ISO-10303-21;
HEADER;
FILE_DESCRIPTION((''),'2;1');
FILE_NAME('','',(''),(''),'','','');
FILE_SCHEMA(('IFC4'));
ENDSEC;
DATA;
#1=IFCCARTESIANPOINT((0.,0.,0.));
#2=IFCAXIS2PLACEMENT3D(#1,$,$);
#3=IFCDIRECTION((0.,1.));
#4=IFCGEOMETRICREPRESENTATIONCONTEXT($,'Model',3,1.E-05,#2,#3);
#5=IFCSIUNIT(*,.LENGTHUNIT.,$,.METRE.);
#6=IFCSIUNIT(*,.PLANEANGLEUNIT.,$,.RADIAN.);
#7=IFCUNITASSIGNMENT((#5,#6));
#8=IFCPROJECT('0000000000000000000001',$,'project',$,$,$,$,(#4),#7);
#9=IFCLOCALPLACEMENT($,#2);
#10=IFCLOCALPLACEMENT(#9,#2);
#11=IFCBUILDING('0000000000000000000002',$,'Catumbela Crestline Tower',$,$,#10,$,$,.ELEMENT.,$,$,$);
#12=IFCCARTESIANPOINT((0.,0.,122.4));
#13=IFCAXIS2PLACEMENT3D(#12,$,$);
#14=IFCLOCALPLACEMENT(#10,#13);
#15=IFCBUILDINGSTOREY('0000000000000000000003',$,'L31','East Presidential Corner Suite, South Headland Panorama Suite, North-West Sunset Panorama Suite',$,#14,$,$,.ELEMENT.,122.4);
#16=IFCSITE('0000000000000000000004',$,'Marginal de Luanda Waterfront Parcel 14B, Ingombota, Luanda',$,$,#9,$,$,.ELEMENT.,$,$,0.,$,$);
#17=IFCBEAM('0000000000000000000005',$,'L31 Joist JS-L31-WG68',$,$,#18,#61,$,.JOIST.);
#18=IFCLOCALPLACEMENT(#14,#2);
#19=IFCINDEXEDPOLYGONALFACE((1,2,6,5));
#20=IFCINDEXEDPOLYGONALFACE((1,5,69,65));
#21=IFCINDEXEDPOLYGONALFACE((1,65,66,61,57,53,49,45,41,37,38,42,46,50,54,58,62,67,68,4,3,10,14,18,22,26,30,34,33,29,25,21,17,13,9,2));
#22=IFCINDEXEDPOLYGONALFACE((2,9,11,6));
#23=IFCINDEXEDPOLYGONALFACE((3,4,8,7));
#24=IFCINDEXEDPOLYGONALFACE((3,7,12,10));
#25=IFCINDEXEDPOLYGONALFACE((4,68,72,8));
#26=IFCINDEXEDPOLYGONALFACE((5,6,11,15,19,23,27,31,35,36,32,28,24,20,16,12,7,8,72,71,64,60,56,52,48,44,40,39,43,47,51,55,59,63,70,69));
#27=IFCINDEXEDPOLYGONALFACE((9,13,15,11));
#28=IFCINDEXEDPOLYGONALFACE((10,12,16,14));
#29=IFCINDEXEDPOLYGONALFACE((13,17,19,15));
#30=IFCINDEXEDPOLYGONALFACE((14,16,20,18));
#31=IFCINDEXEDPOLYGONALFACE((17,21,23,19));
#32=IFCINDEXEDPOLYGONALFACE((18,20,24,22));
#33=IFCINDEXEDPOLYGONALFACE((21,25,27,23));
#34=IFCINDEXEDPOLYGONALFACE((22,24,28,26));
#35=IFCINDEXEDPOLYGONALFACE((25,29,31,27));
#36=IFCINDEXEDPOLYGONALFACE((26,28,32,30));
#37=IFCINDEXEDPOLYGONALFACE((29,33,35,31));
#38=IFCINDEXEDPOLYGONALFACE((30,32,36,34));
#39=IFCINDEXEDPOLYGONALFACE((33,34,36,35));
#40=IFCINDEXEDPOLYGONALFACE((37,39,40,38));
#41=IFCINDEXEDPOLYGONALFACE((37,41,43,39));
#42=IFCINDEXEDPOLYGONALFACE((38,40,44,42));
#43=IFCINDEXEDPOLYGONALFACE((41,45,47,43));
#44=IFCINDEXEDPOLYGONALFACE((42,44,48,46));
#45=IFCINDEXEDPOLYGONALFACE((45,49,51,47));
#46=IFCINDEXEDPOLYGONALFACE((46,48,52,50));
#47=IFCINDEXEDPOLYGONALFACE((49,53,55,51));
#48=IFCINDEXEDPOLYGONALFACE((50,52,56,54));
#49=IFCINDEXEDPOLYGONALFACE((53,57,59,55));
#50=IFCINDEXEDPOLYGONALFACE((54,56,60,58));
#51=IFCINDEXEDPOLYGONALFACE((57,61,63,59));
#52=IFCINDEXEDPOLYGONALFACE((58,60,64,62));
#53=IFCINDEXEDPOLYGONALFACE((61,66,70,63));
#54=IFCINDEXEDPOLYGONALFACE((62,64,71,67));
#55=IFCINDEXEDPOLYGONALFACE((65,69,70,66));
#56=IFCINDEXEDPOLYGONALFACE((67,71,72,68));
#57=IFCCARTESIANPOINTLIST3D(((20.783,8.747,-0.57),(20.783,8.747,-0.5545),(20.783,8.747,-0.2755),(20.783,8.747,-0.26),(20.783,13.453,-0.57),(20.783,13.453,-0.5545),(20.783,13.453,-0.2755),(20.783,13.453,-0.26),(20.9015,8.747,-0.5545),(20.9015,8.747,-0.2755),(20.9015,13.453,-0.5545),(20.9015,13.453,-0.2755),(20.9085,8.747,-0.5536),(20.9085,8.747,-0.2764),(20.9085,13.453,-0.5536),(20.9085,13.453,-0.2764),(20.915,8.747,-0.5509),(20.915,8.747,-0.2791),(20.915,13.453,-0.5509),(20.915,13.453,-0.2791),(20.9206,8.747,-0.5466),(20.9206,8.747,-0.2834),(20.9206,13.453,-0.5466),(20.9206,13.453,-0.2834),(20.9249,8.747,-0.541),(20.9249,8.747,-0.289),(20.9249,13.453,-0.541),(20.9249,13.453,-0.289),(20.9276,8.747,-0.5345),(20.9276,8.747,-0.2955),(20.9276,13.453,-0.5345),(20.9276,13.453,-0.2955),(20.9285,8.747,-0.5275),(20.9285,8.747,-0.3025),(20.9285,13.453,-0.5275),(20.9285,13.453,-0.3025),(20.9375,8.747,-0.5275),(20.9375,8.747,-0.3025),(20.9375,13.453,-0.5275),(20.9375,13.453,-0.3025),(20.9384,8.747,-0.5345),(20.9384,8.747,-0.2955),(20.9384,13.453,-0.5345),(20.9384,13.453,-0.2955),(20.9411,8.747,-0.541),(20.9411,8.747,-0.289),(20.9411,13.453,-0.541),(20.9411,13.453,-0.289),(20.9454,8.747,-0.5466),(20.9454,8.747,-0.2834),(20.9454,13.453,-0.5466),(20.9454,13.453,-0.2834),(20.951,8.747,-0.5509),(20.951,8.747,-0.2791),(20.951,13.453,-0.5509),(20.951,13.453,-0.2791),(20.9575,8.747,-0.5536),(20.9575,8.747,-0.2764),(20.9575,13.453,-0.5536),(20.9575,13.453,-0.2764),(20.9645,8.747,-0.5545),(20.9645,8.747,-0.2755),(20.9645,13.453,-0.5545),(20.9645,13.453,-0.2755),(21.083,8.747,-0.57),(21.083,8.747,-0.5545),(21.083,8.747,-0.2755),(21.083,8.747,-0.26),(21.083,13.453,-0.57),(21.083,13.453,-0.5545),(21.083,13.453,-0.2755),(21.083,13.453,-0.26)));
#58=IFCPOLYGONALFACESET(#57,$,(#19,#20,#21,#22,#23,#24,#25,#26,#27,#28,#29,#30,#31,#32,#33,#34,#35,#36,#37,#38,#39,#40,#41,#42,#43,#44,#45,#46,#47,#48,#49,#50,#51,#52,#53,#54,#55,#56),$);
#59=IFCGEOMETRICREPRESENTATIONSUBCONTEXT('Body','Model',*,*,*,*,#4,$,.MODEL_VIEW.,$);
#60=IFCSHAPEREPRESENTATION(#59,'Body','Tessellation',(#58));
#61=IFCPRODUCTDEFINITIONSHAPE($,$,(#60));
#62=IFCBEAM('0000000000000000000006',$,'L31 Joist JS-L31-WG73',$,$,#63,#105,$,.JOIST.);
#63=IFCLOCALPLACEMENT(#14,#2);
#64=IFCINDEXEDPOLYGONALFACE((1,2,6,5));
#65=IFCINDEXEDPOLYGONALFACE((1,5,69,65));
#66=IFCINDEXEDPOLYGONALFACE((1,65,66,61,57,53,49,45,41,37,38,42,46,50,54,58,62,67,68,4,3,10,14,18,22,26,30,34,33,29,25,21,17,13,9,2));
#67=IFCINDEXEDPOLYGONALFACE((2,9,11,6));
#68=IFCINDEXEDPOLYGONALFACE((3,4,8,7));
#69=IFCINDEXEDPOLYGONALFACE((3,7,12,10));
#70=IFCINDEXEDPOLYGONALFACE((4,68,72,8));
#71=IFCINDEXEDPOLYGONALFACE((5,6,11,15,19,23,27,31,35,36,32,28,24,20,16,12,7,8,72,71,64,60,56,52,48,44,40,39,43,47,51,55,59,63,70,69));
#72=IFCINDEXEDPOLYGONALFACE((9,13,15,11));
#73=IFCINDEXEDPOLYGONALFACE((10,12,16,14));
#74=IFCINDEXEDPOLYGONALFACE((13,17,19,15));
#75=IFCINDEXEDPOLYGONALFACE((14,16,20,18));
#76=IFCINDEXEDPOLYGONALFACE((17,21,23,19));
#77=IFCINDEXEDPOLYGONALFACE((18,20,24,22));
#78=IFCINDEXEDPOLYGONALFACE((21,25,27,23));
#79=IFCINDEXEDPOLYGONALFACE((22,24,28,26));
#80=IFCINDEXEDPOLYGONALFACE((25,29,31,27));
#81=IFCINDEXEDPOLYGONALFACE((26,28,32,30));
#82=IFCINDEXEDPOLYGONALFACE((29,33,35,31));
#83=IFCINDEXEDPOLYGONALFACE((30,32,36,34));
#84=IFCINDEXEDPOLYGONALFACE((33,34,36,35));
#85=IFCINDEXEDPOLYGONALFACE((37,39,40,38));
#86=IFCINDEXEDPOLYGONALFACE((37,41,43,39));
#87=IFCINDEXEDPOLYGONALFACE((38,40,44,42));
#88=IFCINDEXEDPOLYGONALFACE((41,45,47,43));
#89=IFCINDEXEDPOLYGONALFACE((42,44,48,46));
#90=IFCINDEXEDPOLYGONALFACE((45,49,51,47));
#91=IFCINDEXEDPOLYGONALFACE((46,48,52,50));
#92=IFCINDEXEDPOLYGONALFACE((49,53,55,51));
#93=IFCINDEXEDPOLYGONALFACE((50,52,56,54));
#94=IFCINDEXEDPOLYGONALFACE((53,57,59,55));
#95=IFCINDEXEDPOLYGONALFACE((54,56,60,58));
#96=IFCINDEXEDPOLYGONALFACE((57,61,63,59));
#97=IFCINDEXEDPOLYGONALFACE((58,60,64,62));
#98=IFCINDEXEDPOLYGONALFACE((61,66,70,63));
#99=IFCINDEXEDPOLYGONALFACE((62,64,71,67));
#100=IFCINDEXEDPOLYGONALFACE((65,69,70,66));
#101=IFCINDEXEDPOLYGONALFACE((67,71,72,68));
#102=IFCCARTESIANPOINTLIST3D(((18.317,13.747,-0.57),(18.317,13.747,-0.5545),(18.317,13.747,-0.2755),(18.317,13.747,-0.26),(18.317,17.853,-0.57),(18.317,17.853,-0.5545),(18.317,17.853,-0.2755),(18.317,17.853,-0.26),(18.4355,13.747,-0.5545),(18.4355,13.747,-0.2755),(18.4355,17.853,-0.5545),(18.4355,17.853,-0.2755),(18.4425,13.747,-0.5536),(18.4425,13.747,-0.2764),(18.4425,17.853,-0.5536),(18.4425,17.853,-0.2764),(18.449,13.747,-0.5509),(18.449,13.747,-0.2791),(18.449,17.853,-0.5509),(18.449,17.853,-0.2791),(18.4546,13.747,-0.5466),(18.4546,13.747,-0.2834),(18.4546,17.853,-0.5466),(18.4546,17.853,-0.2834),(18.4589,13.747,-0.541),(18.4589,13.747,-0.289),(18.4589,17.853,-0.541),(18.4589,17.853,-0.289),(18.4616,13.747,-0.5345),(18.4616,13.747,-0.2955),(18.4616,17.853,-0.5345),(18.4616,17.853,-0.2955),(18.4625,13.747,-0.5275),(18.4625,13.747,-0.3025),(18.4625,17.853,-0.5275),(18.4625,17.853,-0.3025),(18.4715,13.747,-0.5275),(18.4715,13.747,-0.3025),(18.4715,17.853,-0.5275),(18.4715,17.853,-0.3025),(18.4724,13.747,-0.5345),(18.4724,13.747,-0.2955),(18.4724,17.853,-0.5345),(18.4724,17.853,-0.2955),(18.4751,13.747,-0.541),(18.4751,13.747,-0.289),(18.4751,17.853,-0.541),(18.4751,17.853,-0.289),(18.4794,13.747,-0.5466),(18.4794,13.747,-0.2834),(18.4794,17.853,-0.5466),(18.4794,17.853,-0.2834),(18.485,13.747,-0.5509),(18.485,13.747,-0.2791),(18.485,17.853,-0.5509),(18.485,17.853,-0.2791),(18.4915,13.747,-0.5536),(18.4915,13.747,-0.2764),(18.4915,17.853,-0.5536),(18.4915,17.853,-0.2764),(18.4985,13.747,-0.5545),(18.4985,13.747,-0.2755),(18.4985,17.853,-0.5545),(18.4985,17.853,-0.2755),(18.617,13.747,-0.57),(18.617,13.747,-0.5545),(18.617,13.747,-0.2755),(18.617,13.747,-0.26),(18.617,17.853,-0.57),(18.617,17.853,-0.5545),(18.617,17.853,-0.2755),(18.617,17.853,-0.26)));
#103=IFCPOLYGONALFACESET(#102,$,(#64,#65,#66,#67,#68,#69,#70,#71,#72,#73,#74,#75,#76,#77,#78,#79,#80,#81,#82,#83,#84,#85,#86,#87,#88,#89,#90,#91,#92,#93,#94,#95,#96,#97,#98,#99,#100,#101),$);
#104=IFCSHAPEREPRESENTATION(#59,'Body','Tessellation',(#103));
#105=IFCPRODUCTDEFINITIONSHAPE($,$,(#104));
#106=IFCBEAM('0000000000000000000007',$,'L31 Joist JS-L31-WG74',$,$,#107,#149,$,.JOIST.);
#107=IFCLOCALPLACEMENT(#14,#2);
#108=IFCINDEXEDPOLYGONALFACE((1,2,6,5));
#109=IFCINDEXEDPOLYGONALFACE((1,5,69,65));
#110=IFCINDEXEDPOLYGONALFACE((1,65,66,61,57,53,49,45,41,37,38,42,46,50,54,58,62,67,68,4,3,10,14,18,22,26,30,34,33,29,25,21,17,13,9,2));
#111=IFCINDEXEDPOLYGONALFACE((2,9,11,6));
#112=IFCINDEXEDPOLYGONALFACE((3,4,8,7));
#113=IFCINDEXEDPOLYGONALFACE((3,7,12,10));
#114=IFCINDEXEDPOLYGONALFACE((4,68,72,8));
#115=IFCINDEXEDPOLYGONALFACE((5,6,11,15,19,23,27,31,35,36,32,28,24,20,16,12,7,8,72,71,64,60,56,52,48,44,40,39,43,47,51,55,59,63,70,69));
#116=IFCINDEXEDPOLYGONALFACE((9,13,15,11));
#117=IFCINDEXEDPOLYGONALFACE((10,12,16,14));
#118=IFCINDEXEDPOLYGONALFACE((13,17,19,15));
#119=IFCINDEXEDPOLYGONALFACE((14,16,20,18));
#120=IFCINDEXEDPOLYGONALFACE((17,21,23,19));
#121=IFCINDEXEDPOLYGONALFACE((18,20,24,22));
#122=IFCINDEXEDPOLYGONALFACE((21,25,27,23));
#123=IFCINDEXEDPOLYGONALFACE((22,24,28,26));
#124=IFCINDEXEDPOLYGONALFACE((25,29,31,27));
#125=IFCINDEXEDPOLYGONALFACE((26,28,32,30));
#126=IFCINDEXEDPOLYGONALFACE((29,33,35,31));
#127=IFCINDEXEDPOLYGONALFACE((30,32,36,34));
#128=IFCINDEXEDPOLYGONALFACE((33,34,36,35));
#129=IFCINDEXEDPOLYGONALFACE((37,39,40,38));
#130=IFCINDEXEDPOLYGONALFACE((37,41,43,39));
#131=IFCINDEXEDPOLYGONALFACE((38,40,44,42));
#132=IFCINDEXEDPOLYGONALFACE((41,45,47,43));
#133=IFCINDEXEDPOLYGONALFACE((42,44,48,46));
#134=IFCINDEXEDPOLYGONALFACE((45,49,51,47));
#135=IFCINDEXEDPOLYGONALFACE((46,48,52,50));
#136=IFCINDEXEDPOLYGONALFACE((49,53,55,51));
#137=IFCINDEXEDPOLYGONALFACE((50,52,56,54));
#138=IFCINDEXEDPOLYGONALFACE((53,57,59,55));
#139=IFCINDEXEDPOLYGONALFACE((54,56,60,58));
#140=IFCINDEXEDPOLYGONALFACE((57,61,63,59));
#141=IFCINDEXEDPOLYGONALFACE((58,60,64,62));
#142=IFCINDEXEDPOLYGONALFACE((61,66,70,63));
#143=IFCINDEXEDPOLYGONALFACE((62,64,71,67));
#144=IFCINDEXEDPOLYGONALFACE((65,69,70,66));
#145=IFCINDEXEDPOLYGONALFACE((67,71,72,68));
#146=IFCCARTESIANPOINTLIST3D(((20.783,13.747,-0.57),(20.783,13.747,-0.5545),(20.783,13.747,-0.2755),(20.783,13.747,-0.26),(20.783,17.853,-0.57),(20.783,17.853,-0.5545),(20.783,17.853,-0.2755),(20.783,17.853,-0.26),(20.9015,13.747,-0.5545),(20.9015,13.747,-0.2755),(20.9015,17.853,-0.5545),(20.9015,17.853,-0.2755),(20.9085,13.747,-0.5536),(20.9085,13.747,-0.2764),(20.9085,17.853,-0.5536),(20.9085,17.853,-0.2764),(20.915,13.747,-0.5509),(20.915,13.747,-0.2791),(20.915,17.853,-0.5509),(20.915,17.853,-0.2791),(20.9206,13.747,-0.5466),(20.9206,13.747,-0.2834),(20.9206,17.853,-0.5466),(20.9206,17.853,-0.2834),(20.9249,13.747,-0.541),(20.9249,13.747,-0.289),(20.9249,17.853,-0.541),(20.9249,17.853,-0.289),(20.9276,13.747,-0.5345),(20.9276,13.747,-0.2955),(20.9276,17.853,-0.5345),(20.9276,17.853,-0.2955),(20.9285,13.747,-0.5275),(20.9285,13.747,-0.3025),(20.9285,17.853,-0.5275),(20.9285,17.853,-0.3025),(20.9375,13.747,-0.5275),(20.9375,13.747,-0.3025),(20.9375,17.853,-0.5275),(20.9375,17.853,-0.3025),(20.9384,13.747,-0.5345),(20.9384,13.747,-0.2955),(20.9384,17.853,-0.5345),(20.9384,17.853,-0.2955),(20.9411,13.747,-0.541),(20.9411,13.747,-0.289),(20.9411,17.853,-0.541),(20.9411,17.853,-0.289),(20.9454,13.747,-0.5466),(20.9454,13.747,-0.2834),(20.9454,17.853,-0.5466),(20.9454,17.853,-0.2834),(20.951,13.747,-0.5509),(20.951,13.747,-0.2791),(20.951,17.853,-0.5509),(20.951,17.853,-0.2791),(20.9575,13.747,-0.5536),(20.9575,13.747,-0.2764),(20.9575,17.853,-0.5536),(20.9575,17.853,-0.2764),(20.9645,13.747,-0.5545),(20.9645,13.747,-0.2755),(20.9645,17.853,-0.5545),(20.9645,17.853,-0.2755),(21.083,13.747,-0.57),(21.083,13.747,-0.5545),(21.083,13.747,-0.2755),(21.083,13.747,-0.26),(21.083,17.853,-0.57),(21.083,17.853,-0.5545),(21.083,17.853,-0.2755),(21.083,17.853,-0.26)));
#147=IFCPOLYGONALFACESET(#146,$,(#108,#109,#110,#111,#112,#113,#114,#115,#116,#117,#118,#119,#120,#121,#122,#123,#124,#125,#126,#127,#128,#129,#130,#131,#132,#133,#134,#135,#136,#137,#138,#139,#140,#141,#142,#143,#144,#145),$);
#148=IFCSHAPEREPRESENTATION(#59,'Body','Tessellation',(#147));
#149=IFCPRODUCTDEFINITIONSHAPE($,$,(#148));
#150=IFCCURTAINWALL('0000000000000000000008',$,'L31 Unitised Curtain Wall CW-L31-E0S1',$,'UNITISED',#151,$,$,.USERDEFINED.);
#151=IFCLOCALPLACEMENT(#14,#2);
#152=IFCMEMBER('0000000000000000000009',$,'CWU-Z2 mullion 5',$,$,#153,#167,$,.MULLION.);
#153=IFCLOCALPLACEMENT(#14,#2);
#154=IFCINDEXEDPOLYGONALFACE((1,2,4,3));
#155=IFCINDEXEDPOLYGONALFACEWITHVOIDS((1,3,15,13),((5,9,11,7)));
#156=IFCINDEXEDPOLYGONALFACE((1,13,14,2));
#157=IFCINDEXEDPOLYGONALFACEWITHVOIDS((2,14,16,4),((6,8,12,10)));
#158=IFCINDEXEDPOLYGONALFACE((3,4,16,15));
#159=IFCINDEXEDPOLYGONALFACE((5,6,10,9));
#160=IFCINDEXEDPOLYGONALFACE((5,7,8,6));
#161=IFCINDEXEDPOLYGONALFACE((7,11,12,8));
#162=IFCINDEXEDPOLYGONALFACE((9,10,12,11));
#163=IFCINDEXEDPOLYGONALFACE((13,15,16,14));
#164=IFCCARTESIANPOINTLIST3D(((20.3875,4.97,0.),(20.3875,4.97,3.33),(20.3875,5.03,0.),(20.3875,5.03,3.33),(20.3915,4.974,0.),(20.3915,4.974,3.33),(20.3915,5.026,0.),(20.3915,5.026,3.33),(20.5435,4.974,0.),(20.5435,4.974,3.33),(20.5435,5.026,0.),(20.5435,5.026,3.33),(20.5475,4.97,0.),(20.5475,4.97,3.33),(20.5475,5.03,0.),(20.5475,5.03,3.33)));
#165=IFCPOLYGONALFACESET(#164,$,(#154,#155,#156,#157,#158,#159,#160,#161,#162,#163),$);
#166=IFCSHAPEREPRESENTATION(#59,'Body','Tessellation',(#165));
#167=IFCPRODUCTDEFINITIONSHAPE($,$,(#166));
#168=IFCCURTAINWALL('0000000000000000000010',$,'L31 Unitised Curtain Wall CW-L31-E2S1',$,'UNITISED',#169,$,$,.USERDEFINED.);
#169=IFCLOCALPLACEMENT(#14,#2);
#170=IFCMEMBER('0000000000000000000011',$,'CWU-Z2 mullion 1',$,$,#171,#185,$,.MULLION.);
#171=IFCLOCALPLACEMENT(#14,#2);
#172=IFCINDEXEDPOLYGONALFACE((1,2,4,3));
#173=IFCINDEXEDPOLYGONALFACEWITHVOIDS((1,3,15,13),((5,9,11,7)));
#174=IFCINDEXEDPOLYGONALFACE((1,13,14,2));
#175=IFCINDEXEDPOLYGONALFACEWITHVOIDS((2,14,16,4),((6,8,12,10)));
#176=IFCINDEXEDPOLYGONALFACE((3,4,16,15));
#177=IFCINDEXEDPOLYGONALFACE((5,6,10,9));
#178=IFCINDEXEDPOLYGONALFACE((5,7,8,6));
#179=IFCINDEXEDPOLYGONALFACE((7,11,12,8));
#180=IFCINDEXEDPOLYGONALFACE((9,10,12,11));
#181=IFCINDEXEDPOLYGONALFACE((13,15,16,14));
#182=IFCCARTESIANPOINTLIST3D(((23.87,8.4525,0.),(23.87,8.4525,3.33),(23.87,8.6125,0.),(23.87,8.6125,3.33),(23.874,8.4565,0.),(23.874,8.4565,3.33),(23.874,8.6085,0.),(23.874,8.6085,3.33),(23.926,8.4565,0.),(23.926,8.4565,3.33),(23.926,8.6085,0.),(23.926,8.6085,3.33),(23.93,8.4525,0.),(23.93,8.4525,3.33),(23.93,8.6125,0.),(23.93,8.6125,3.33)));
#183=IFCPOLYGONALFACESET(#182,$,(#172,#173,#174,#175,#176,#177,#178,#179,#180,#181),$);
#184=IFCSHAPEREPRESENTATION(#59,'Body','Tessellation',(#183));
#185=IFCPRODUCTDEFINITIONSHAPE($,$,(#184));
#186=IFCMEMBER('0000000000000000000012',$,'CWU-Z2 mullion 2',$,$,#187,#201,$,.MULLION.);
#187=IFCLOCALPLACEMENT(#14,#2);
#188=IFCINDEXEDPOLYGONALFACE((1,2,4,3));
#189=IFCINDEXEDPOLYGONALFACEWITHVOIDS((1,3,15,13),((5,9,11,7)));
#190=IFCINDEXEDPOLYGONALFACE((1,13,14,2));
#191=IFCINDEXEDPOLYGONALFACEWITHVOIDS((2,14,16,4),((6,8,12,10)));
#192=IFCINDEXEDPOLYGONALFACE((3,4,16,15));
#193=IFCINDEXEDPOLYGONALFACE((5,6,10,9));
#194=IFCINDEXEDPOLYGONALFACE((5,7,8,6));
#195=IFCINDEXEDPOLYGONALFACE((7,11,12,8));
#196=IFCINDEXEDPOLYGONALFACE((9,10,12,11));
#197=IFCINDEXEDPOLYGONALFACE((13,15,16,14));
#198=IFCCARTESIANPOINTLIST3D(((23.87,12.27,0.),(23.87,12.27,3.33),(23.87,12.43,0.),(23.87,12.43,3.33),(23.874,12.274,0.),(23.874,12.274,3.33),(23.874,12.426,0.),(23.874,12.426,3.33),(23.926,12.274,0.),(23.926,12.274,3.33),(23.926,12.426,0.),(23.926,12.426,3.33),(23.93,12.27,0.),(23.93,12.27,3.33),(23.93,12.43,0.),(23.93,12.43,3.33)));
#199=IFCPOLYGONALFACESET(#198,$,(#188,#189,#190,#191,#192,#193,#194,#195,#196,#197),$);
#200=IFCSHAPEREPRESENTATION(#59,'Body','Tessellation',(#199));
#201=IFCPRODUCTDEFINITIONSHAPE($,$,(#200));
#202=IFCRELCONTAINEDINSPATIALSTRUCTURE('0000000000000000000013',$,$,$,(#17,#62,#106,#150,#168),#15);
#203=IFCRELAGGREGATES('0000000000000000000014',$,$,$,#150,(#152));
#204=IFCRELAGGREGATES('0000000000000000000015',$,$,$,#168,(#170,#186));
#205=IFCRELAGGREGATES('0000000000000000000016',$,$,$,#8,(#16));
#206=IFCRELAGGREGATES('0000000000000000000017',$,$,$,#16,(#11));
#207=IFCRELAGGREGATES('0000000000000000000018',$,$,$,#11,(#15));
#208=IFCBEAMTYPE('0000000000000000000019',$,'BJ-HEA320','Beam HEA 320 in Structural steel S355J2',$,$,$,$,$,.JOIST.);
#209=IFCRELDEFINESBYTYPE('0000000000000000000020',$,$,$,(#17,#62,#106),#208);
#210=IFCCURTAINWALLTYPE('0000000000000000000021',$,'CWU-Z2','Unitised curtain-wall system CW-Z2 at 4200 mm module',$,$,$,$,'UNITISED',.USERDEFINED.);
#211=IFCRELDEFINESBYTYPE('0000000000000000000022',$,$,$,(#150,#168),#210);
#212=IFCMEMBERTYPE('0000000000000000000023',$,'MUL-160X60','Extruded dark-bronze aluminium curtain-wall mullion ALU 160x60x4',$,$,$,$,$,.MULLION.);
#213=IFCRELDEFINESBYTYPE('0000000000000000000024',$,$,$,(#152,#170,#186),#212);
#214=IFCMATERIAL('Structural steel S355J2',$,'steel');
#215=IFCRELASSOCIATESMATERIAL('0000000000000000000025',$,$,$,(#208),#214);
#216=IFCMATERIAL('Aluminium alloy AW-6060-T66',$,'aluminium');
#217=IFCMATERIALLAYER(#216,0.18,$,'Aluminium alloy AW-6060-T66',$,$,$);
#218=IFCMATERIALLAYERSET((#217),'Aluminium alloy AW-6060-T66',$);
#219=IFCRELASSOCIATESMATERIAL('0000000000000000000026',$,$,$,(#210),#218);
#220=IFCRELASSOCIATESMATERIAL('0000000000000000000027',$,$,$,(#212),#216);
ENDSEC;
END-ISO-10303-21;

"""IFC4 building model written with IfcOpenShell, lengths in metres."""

from ifc_helpers import new_model, si_unit, direction, frame, origin, origin_2d, place, context, subcontext, project, spatial, hollow_rectangle, i_section, extrude, material, layer, layer_set, material_profile, profile_set, type_object, element, aggregate, save


model = new_model("IFC4")

# Units and contexts
model_context = context("Model", 3, precision=1e-05, world=origin(), true_north=direction((0.0, 1.0)))
body_context = subcontext(model_context, "Body", "Model", "MODEL_VIEW")
ifc_project = project(units=[si_unit("LENGTHUNIT", "METRE"), si_unit("PLANEANGLEUNIT", "RADIAN")], contexts=[model_context])

# Site, building, storey
site_placement = place(None, origin())
site = spatial("IfcSite", under=ifc_project, at=site_placement, Name="Marginal de Luanda Waterfront Parcel 14B, Ingombota, Luanda", CompositionType="ELEMENT", RefElevation=0.0)
building_placement = place(site_placement, origin())
building = spatial("IfcBuilding", under=site, at=building_placement, Name="Catumbela Crestline Tower", CompositionType="ELEMENT")
storey_placement = place(building_placement, frame((0.0, 0.0, 122.4)))
storey = spatial("IfcBuildingStorey", under=building, at=storey_placement, Name="L31", Description="East Presidential Corner Suite, South Headland Panorama Suite, North-West Sunset Panorama Suite", CompositionType="ELEMENT", Elevation=122.4)

# Beams
ifc_material_1 = material(Name="Structural steel S355J2", Category="steel")
ifc_material_profile_1 = material_profile(ifc_material_1, i_section(OverallWidth=0.3, OverallDepth=0.31, WebThickness=0.009, FlangeThickness=0.0155, FilletRadius=0.027, at=origin_2d()), Name="HEA 320")
ifc_profile_set_1 = profile_set([ifc_material_profile_1], Name="Structural steel S355J2")
beam_type_1 = type_object("IfcBeamType", Name="BJ-HEA320", Description="Beam HEA 320 in Structural steel S355J2", PredefinedType="JOIST", material=ifc_profile_set_1)
for number, where, z_axis, x_axis, name in (
    (1, (20.933, 8.747, -0.415), (0.0, 1.0, 0.0), (-1.0, 0.0, 0.0), "L31 Joist JS-L31-WG68"),
):
    element("IfcBeam", number, at=place(storey_placement, frame(where, z_axis=z_axis, x_axis=x_axis)), inside=storey, type_object=beam_type_1, Name=name, PredefinedType="JOIST", context=body_context, shape_type="SweptSolid", body=[
        extrude(i_section(OverallWidth=0.3, OverallDepth=0.31, WebThickness=0.009, FlangeThickness=0.0155, FilletRadius=0.027, at=origin_2d()), origin(), (0.0, 0.0, 1.0), 4.706),
    ])
for number, where, z_axis, x_axis, name in (
    (2, (18.467, 13.747, -0.415), (0.0, 1.0, 0.0), (-1.0, 0.0, 0.0), "L31 Joist JS-L31-WG73"),
    (3, (20.933, 13.747, -0.415), (0.0, 1.0, 0.0), (-1.0, 0.0, 0.0), "L31 Joist JS-L31-WG74"),
):
    element("IfcBeam", number, at=place(storey_placement, frame(where, z_axis=z_axis, x_axis=x_axis)), inside=storey, type_object=beam_type_1, Name=name, PredefinedType="JOIST", context=body_context, shape_type="SweptSolid", body=[
        extrude(i_section(OverallWidth=0.3, OverallDepth=0.31, WebThickness=0.009, FlangeThickness=0.0155, FilletRadius=0.027, at=origin_2d()), origin(), (0.0, 0.0, 1.0), 4.106),
    ])

# Curtain wall, member
ifc_material_2 = material(Name="Aluminium alloy AW-6060-T66", Category="aluminium")
ifc_layer_1 = layer(ifc_material_2, 0.18, Name="Aluminium alloy AW-6060-T66")
ifc_layer_set_1 = layer_set([ifc_layer_1], Name="Aluminium alloy AW-6060-T66")
curtain_wall_type = type_object("IfcCurtainWallType", Name="CWU-Z2", Description="Unitised curtain-wall system CW-Z2 at 4200 mm module", ElementType="UNITISED", PredefinedType="USERDEFINED", material=ifc_layer_set_1)
curtain_wall_1_placement = place(storey_placement, origin())
curtain_wall_1 = element("IfcCurtainWall", 4, at=curtain_wall_1_placement, inside=storey, type_object=curtain_wall_type, Name="L31 Unitised Curtain Wall CW-L31-E0S1", ObjectType="UNITISED", PredefinedType="USERDEFINED")
ifc_material_profile_2 = material_profile(ifc_material_2, hollow_rectangle(XDim=0.06, YDim=0.16, WallThickness=0.004, at=origin_2d()), Name="ALU 160x60x4")
ifc_profile_set_2 = profile_set([ifc_material_profile_2], Name="Aluminium alloy AW-6060-T66")
member_type_1 = type_object("IfcMemberType", Name="MUL-160X60", Description="Extruded dark-bronze aluminium curtain-wall mullion ALU 160x60x4", PredefinedType="MULLION", material=ifc_profile_set_2)
member_1_placement = place(storey_placement, frame((20.4675, 5.0, 0.0), z_axis=(0.0, 0.0, 1.0), x_axis=(0.0, 1.0, 0.0)))
member_1 = element("IfcMember", 5, at=member_1_placement, type_object=member_type_1, Name="CWU-Z2 mullion 5", PredefinedType="MULLION", context=body_context, shape_type="SweptSolid", body=[
    extrude(hollow_rectangle(XDim=0.06, YDim=0.16, WallThickness=0.004, at=origin_2d()), origin(), (0.0, 0.0, 1.0), 3.33),
])

# Curtain wall, members
curtain_wall_2_placement = place(storey_placement, origin())
curtain_wall_2 = element("IfcCurtainWall", 6, at=curtain_wall_2_placement, inside=storey, type_object=curtain_wall_type, Name="L31 Unitised Curtain Wall CW-L31-E2S1", ObjectType="UNITISED", PredefinedType="USERDEFINED")
member_2_placement = place(storey_placement, frame((23.9, 8.5325, 0.0), z_axis=(0.0, 0.0, 1.0), x_axis=(-1.0, 0.0, 0.0)))
member_2 = element("IfcMember", 7, at=member_2_placement, type_object=member_type_1, Name="CWU-Z2 mullion 1", PredefinedType="MULLION", context=body_context, shape_type="SweptSolid", body=[
    extrude(hollow_rectangle(XDim=0.06, YDim=0.16, WallThickness=0.004, at=origin_2d()), origin(), (0.0, 0.0, 1.0), 3.33),
])
member_3_placement = place(storey_placement, frame((23.9, 12.35, 0.0), z_axis=(0.0, 0.0, 1.0), x_axis=(-1.0, 0.0, 0.0)))
member_3 = element("IfcMember", 8, at=member_3_placement, type_object=member_type_1, Name="CWU-Z2 mullion 2", PredefinedType="MULLION", context=body_context, shape_type="SweptSolid", body=[
    extrude(hollow_rectangle(XDim=0.06, YDim=0.16, WallThickness=0.004, at=origin_2d()), origin(), (0.0, 0.0, 1.0), 3.33),
])

aggregate(curtain_wall_1, [member_1])
aggregate(curtain_wall_2, [member_2, member_3])

save(model, "model.ifc")
